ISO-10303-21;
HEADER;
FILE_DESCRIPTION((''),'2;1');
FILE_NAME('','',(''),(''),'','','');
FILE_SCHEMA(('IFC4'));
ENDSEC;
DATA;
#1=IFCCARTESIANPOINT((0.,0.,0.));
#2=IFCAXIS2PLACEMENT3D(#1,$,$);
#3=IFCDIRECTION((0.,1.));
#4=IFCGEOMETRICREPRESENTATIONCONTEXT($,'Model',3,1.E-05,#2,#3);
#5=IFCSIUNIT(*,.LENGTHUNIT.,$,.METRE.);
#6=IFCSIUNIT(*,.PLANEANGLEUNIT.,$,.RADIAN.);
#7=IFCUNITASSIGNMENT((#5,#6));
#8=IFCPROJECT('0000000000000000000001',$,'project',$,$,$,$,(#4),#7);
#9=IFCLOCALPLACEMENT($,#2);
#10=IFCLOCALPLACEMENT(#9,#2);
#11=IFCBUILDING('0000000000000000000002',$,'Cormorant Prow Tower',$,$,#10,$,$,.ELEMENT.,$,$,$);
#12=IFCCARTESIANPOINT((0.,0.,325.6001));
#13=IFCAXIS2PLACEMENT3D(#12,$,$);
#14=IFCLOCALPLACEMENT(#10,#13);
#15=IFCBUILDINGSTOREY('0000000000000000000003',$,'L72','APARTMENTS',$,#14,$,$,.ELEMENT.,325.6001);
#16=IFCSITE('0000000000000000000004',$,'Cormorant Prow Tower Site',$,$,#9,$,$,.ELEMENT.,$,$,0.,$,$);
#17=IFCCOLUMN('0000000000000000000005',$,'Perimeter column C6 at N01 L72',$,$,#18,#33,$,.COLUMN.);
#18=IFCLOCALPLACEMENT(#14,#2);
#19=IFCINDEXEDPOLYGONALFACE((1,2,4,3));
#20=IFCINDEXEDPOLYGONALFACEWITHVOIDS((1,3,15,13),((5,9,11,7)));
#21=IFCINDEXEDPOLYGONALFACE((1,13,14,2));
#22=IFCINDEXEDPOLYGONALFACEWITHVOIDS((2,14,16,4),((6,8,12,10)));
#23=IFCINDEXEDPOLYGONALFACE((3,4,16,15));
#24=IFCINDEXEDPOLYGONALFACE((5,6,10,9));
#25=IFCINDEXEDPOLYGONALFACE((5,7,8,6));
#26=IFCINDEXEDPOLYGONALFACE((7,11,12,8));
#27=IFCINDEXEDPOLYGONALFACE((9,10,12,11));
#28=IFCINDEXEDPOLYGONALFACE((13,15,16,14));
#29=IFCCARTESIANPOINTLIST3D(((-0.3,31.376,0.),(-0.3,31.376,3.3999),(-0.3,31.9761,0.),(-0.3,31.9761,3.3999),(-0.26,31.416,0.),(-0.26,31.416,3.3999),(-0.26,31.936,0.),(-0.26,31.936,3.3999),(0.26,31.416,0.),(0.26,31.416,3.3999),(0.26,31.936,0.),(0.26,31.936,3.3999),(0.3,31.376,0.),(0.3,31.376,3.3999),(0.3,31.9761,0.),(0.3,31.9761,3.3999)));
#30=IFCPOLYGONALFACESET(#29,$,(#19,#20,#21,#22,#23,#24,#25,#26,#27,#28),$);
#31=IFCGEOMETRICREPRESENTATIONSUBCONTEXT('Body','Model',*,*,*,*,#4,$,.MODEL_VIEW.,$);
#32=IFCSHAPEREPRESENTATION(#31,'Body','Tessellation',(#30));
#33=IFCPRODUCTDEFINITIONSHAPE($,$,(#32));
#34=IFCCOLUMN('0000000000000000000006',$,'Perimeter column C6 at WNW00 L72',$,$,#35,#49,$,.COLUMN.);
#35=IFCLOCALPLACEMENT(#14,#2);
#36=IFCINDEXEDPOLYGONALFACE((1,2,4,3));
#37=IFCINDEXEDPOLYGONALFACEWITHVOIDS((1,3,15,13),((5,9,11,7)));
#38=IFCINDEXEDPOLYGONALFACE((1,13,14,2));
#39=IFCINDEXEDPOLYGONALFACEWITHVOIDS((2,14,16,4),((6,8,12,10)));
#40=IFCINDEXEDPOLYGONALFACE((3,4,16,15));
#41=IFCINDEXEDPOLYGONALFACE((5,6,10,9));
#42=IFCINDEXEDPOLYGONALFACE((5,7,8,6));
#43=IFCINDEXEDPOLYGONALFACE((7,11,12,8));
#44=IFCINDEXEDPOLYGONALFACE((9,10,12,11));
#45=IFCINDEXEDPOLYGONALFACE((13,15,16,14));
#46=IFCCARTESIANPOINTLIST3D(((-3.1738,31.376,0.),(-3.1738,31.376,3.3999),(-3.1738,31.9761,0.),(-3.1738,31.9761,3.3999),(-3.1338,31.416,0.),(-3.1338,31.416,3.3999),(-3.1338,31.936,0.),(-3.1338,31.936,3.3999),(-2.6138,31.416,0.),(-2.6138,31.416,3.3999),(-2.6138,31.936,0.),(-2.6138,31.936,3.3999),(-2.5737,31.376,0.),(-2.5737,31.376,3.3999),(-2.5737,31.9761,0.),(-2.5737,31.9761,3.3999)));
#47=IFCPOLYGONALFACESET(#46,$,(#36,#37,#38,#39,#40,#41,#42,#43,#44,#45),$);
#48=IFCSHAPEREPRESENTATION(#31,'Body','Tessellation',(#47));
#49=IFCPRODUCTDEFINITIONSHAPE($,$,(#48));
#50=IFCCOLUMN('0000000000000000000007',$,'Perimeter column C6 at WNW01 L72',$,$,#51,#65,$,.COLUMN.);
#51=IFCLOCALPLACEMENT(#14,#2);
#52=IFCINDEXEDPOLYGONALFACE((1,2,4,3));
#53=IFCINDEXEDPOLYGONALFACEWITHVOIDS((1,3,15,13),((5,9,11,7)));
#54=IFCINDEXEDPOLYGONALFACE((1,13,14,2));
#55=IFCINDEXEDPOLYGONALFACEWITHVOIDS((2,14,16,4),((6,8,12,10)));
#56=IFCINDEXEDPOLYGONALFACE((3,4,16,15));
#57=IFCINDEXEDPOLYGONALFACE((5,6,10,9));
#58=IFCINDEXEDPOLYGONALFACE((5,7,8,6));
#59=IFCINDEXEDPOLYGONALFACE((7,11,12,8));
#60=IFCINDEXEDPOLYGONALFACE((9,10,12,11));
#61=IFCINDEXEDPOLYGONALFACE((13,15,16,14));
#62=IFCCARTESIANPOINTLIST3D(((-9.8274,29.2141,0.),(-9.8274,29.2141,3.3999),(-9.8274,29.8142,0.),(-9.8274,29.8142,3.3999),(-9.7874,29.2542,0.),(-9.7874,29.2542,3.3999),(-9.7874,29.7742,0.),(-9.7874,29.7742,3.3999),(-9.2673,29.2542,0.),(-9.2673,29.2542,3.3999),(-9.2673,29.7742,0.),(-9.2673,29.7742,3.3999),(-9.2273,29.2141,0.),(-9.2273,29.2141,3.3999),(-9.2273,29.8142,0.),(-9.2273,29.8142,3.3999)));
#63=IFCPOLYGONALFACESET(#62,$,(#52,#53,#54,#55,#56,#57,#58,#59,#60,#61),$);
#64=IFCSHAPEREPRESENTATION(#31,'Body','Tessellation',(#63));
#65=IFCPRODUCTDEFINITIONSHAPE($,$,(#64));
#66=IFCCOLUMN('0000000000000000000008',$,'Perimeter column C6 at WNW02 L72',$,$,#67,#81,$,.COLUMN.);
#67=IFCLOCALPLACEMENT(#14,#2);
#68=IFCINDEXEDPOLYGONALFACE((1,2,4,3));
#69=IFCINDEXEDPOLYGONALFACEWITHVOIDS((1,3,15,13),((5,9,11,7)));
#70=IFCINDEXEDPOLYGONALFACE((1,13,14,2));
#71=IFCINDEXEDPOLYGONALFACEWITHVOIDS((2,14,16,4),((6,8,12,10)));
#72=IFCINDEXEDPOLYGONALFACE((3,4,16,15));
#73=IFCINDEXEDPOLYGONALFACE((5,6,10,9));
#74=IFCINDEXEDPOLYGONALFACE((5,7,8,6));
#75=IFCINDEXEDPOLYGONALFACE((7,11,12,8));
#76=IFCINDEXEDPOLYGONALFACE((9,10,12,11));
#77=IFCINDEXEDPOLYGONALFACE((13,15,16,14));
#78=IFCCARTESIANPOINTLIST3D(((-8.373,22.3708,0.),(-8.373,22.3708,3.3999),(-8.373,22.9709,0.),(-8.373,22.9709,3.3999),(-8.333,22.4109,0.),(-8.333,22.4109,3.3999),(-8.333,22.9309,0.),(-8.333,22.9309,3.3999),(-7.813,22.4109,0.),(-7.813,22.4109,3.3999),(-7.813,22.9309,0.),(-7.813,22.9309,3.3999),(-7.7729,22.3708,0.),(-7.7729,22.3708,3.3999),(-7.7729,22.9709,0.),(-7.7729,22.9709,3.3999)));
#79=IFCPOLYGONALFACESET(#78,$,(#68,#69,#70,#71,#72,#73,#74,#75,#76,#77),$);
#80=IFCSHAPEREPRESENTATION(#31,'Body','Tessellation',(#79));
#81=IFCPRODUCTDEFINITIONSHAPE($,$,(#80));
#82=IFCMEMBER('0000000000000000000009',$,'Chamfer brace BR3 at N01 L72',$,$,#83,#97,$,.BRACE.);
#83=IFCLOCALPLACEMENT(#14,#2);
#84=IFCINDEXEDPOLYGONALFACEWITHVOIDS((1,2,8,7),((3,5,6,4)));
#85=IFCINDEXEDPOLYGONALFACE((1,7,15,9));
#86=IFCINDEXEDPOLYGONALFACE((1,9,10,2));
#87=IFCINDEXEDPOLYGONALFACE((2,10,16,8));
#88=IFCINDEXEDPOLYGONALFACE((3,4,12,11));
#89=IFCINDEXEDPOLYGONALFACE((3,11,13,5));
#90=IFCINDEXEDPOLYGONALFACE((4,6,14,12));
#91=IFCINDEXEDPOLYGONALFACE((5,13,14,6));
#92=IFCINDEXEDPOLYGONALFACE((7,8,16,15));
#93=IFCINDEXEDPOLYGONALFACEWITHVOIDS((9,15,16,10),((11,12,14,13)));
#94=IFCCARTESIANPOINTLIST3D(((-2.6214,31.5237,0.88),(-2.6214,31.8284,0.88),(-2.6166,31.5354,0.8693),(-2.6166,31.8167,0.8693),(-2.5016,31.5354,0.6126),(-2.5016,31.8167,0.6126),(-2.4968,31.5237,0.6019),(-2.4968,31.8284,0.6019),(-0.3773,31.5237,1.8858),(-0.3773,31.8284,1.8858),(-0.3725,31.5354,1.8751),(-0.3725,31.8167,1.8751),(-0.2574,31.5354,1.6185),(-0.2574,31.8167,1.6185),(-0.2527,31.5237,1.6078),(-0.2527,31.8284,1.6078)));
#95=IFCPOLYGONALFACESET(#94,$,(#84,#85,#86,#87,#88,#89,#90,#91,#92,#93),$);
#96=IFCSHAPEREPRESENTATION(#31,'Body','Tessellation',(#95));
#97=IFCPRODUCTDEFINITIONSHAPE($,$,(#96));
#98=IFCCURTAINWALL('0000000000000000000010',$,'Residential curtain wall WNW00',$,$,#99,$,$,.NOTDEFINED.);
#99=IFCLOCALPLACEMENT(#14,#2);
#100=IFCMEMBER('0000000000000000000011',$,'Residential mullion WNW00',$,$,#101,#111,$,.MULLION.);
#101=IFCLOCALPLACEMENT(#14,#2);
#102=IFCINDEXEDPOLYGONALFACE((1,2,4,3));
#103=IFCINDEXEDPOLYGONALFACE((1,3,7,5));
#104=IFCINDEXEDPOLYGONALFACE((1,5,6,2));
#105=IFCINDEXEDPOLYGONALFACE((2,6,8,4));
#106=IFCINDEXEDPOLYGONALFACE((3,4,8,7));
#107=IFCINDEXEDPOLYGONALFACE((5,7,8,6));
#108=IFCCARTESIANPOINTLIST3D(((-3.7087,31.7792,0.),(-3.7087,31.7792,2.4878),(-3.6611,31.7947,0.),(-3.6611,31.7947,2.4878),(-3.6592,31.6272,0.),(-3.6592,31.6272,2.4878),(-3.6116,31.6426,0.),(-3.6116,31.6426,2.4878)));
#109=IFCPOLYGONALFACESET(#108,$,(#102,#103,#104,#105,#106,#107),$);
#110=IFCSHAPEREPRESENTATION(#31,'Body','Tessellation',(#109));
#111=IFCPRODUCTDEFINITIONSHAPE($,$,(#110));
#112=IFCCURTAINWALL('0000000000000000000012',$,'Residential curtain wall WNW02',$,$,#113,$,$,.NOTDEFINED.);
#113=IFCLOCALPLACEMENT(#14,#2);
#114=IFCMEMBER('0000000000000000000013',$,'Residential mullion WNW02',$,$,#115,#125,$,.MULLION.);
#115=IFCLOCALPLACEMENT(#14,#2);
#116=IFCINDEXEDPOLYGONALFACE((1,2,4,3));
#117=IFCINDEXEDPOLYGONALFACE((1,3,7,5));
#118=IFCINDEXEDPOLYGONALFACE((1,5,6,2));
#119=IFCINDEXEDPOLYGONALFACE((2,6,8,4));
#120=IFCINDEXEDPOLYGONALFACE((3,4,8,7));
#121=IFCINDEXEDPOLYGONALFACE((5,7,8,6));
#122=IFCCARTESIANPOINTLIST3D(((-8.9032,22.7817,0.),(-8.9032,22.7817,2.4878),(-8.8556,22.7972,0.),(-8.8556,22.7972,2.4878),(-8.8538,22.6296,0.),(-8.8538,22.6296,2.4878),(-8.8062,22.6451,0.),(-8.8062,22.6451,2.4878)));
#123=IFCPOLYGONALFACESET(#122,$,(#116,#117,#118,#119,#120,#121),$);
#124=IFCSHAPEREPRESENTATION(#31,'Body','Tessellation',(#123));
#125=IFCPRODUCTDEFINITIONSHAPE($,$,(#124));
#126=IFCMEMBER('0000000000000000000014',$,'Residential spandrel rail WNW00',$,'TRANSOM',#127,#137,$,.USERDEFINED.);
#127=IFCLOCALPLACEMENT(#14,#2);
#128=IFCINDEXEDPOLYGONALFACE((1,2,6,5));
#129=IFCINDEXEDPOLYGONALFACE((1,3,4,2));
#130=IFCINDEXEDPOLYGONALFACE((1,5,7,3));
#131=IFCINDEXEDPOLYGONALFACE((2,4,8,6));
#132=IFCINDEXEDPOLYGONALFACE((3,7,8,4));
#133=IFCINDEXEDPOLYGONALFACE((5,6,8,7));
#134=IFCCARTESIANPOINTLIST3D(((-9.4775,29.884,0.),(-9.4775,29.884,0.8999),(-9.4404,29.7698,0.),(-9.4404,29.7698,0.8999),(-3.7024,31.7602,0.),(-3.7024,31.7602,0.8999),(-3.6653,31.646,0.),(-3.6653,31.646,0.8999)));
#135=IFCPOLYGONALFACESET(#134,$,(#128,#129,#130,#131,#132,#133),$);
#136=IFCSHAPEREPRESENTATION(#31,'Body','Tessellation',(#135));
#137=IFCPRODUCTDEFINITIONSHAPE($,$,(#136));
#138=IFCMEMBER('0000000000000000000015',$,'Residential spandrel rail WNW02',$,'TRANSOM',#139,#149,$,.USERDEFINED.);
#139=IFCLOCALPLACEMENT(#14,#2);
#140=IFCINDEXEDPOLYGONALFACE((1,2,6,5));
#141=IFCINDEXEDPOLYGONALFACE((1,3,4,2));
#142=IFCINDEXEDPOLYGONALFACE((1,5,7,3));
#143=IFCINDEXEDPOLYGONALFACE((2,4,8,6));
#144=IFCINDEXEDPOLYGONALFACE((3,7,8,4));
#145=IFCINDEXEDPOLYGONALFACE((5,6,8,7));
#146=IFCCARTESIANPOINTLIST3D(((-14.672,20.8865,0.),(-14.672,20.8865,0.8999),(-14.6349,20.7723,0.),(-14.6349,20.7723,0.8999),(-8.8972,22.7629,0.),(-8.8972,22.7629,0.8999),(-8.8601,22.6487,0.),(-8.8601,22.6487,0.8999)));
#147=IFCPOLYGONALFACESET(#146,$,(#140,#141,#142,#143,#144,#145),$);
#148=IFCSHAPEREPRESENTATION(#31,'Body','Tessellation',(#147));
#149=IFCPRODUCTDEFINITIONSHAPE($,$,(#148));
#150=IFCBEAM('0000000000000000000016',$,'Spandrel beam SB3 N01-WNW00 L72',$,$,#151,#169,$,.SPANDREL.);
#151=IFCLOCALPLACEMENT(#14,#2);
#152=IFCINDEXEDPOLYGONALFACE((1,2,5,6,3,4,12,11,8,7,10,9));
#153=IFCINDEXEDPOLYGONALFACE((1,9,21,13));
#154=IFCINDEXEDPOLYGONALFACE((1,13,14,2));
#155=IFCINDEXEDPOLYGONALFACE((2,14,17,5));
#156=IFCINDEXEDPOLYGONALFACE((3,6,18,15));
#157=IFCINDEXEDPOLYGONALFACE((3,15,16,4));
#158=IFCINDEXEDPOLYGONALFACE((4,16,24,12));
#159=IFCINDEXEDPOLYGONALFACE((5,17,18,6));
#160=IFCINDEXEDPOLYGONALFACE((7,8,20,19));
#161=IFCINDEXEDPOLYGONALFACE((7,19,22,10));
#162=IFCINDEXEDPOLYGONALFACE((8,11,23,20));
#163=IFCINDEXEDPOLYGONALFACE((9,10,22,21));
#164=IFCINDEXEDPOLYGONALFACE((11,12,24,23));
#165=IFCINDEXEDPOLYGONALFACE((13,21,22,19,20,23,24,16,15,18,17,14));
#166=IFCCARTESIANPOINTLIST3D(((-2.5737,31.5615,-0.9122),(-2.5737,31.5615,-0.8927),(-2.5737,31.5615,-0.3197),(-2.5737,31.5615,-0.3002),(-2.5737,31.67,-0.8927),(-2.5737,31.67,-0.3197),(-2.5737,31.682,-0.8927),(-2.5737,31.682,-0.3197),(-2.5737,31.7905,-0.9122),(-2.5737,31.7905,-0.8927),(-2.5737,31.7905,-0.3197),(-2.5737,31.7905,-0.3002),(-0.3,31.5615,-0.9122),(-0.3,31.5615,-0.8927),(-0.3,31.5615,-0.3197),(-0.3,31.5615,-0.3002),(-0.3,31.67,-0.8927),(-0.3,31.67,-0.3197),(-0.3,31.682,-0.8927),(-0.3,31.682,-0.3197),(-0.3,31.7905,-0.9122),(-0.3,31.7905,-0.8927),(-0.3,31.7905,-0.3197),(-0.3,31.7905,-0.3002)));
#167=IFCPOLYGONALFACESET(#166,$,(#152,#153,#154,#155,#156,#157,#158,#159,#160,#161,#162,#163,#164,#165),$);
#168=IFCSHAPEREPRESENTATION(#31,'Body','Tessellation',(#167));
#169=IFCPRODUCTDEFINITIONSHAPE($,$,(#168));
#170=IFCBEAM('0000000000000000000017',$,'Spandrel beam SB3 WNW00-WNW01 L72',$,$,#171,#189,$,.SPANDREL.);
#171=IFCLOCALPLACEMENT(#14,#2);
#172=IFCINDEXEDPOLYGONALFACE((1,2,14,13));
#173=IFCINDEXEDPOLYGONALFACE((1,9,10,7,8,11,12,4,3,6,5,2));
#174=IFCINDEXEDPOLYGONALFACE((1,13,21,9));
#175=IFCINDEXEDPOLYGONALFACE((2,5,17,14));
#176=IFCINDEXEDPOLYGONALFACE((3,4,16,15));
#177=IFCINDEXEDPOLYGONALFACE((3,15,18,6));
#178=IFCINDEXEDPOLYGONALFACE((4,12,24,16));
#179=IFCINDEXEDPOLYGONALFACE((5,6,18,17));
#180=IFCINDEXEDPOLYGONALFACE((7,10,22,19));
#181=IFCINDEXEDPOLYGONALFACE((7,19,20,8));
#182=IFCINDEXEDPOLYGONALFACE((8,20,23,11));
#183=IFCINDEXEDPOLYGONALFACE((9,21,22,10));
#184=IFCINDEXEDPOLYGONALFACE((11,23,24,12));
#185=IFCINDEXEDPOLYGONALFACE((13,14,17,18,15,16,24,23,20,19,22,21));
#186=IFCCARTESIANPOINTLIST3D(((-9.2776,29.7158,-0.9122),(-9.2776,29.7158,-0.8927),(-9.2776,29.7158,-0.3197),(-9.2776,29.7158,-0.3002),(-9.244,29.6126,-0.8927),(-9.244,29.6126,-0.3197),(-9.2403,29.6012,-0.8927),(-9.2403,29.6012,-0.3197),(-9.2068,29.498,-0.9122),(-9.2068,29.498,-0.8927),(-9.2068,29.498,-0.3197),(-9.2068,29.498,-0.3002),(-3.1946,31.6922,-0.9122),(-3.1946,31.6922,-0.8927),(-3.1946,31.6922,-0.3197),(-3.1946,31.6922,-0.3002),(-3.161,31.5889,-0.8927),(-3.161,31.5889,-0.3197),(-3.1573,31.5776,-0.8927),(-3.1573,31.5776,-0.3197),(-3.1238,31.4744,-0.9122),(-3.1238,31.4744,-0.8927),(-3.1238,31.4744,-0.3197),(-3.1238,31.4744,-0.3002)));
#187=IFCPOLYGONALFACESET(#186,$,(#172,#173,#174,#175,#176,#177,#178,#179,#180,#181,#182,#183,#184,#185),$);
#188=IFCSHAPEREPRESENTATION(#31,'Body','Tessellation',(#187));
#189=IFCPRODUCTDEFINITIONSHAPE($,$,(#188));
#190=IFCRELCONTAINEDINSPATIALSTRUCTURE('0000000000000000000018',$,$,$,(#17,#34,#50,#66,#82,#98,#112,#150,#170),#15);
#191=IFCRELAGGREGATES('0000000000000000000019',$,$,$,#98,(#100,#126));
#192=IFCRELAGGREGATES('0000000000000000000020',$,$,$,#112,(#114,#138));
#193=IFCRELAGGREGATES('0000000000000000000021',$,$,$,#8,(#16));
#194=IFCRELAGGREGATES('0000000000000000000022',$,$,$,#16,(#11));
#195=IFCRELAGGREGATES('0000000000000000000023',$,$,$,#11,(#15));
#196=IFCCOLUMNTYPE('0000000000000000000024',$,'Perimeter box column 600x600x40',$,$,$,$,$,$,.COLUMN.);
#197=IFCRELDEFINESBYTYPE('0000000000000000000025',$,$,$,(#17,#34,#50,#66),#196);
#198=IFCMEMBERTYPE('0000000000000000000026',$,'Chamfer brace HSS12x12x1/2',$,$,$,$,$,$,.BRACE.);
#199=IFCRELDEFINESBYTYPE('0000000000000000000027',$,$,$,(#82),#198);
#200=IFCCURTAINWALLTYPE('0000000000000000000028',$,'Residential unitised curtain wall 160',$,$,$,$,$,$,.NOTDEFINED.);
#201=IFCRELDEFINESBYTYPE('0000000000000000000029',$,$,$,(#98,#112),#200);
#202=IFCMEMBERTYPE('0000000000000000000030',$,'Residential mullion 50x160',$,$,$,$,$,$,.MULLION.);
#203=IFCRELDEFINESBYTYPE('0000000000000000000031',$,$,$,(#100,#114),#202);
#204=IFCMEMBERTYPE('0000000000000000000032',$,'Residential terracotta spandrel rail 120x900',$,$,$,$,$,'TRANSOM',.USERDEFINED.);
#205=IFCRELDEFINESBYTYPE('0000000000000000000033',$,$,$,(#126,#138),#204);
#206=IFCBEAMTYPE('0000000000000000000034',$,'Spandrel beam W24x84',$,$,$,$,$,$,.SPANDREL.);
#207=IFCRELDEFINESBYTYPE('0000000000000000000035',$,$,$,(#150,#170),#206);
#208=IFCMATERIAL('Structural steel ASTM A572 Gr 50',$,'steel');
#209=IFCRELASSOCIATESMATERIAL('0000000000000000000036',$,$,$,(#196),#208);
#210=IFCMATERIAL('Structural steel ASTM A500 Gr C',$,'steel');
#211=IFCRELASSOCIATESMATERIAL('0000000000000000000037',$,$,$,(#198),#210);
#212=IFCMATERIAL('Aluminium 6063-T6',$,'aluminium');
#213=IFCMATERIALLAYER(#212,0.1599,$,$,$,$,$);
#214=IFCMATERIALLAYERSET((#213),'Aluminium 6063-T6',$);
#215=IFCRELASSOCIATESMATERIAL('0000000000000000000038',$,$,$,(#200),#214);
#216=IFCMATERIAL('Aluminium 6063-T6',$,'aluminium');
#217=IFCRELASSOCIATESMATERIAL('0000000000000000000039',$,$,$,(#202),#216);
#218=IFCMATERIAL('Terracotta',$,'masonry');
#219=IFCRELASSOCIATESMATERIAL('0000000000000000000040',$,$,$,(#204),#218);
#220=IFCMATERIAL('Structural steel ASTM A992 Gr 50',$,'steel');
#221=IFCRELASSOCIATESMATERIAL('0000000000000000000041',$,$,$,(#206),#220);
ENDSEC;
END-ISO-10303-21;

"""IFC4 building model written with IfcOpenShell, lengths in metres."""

from ifc_helpers import new_model, si_unit, direction, frame, origin, origin_2d, place, context, subcontext, project, spatial, rectangle, hollow_rectangle, i_section, extrude, material, layer, layer_set, material_profile, profile_set, type_object, element, aggregate, save


model = new_model("IFC4")

# Units and contexts
model_context = context("Model", 3, precision=1e-05, world=origin(), true_north=direction((0.0, 1.0)))
body_context = subcontext(model_context, "Body", "Model", "MODEL_VIEW")
ifc_project = project(units=[si_unit("LENGTHUNIT", "METRE"), si_unit("PLANEANGLEUNIT", "RADIAN")], contexts=[model_context])

# Site, building, storey
site_placement = place(None, origin())
site = spatial("IfcSite", under=ifc_project, at=site_placement, Name="Cormorant Prow Tower Site", CompositionType="ELEMENT", RefElevation=0.0)
building_placement = place(site_placement, origin())
building = spatial("IfcBuilding", under=site, at=building_placement, Name="Cormorant Prow Tower", CompositionType="ELEMENT")
storey_placement = place(building_placement, frame((0.0, 0.0, 325.6001)))
storey = spatial("IfcBuildingStorey", under=building, at=storey_placement, Name="L72", Description="APARTMENTS", CompositionType="ELEMENT", Elevation=325.6001)

# Columns
ifc_material_1 = material(Name="Structural steel ASTM A572 Gr 50", Category="steel")
ifc_material_profile_1 = material_profile(ifc_material_1, hollow_rectangle(XDim=0.6001, YDim=0.6001, WallThickness=0.04, at=origin_2d()), Name="Box 600x600x40")
ifc_profile_set_1 = profile_set([ifc_material_profile_1], Name="Structural steel ASTM A572 Gr 50")
column_type = type_object("IfcColumnType", Name="Perimeter box column 600x600x40", PredefinedType="COLUMN", material=ifc_profile_set_1)
for number, where, z_axis, x_axis, name in (
    (1, (0.0, 31.676, 0.0), (0.0, 0.0, 1.0), (1.0, 0.0, 0.0), "Perimeter column C6 at N01 L72"),
    (2, (-2.8738, 31.676, 0.0), (0.0, 0.0, 1.0), (1.0, 0.0, 0.0), "Perimeter column C6 at WNW00 L72"),
    (3, (-9.5273, 29.5142, 0.0), (0.0, 0.0, 1.0), (1.0, 0.0, 0.0), "Perimeter column C6 at WNW01 L72"),
    (4, (-8.073, 22.6709, 0.0), (0.0, 0.0, 1.0), (1.0, 0.0, 0.0), "Perimeter column C6 at WNW02 L72"),
):
    element("IfcColumn", number, at=place(storey_placement, frame(where, z_axis=z_axis, x_axis=x_axis)), inside=storey, type_object=column_type, Name=name, PredefinedType="COLUMN", context=body_context, shape_type="SweptSolid", body=[
        extrude(hollow_rectangle(XDim=0.6001, YDim=0.6001, WallThickness=0.04, at=origin_2d()), origin(), (0.0, 0.0, 1.0), 3.3999),
    ])

# Member
ifc_material_2 = material(Name="Structural steel ASTM A500 Gr C", Category="steel")
ifc_material_profile_2 = material_profile(ifc_material_2, hollow_rectangle(XDim=0.3047, YDim=0.3047, WallThickness=0.0117, at=origin_2d()), Name="HSS12x12x1/2")
ifc_profile_set_2 = profile_set([ifc_material_profile_2], Name="Structural steel ASTM A500 Gr C")
member_type_1 = type_object("IfcMemberType", Name="Chamfer brace HSS12x12x1/2", PredefinedType="BRACE", material=ifc_profile_set_2)
member_1_placement = place(storey_placement, frame((-2.5591, 31.676, 0.741), z_axis=(0.91253, 0.0, 0.40901), x_axis=(0.0, 1.0, 0.0)))
element("IfcMember", 5, at=member_1_placement, inside=storey, type_object=member_type_1, Name="Chamfer brace BR3 at N01 L72", PredefinedType="BRACE", context=body_context, shape_type="SweptSolid", body=[
    extrude(hollow_rectangle(XDim=0.3047, YDim=0.3047, WallThickness=0.0117, at=origin_2d()), origin(), (0.0, 0.0, 1.0), 2.4592),
])

# Curtain walls, members
ifc_material_3 = material(Name="Aluminium 6063-T6", Category="aluminium")
ifc_layer_1 = layer(ifc_material_3, 0.1599)
ifc_layer_set_1 = layer_set([ifc_layer_1], Name="Aluminium 6063-T6")
curtain_wall_type = type_object("IfcCurtainWallType", Name="Residential unitised curtain wall 160", PredefinedType="NOTDEFINED", material=ifc_layer_set_1)
curtain_wall_1_placement = place(storey_placement, origin())
curtain_wall_1 = element("IfcCurtainWall", 6, at=curtain_wall_1_placement, inside=storey, type_object=curtain_wall_type, Name="Residential curtain wall WNW00", PredefinedType="NOTDEFINED")
ifc_material_4 = material(Name="Aluminium 6063-T6", Category="aluminium")
ifc_material_profile_3 = material_profile(ifc_material_4, rectangle(XDim=0.1599, YDim=0.05, at=origin_2d()), Name="Residential mullion 50x160")
ifc_profile_set_3 = profile_set([ifc_material_profile_3], Name="Aluminium 6063-T6")
member_type_2 = type_object("IfcMemberType", Name="Residential mullion 50x160", PredefinedType="MULLION", material=ifc_profile_set_3)
member_2_placement = place(storey_placement, frame((-3.6602, 31.7109, 0.0), z_axis=(0.0, 0.0, 1.0), x_axis=(0.309017, -0.951057, 0.0)))
member_2 = element("IfcMember", 7, at=member_2_placement, type_object=member_type_2, Name="Residential mullion WNW00", PredefinedType="MULLION", context=body_context, shape_type="SweptSolid", body=[
    extrude(rectangle(XDim=0.1599, YDim=0.05, at=origin_2d()), origin(), (0.0, 0.0, 1.0), 2.4878),
])
curtain_wall_2_placement = place(storey_placement, origin())
curtain_wall_2 = element("IfcCurtainWall", 8, at=curtain_wall_2_placement, inside=storey, type_object=curtain_wall_type, Name="Residential curtain wall WNW02", PredefinedType="NOTDEFINED")
member_3_placement = place(storey_placement, frame((-8.8547, 22.7134, 0.0), z_axis=(0.0, 0.0, 1.0), x_axis=(0.309017, -0.951057, 0.0)))
member_3 = element("IfcMember", 9, at=member_3_placement, type_object=member_type_2, Name="Residential mullion WNW02", PredefinedType="MULLION", context=body_context, shape_type="SweptSolid", body=[
    extrude(rectangle(XDim=0.1599, YDim=0.05, at=origin_2d()), origin(), (0.0, 0.0, 1.0), 2.4878),
])

# Members
ifc_material_5 = material(Name="Terracotta", Category="masonry")
ifc_material_profile_4 = material_profile(ifc_material_5, rectangle(XDim=0.1201, YDim=0.8999, at=origin_2d()), Name="Residential terracotta spandrel rail 120x900")
ifc_profile_set_4 = profile_set([ifc_material_profile_4], Name="Terracotta")
member_type_3 = type_object("IfcMemberType", Name="Residential terracotta spandrel rail 120x900", ElementType="TRANSOM", PredefinedType="USERDEFINED", material=ifc_profile_set_4)
member_4_placement = place(storey_placement, frame((-3.6838, 31.7031, 0.45), z_axis=(-0.951068, -0.308982, 0.0), x_axis=(0.308982, -0.951068, 0.0)))
member_4 = element("IfcMember", 10, at=member_4_placement, type_object=member_type_3, Name="Residential spandrel rail WNW00", ObjectType="TRANSOM", PredefinedType="USERDEFINED", context=body_context, shape_type="SweptSolid", body=[
    extrude(rectangle(XDim=0.1201, YDim=0.8999, at=origin_2d()), origin(), (0.0, 0.0, 1.0), 6.0723),
])
member_5_placement = place(storey_placement, frame((-8.8787, 22.7058, 0.45), z_axis=(-0.951052, -0.30903, 0.0), x_axis=(0.30903, -0.951052, 0.0)))
member_5 = element("IfcMember", 11, at=member_5_placement, type_object=member_type_3, Name="Residential spandrel rail WNW02", ObjectType="TRANSOM", PredefinedType="USERDEFINED", context=body_context, shape_type="SweptSolid", body=[
    extrude(rectangle(XDim=0.1201, YDim=0.8999, at=origin_2d()), origin(), (0.0, 0.0, 1.0), 6.072),
])

# Beams
ifc_material_6 = material(Name="Structural steel ASTM A992 Gr 50", Category="steel")
ifc_material_profile_5 = material_profile(ifc_material_6, i_section(OverallWidth=0.229, OverallDepth=0.6121, WebThickness=0.012, FlangeThickness=0.0195, at=origin_2d()), Name="W24x84")
ifc_profile_set_5 = profile_set([ifc_material_profile_5], Name="Structural steel ASTM A992 Gr 50")
beam_type = type_object("IfcBeamType", Name="Spandrel beam W24x84", PredefinedType="SPANDREL", material=ifc_profile_set_5)
beam_1_placement = place(storey_placement, frame((-0.3, 31.676, -0.6062), z_axis=(-1.0, 0.0, 0.0), x_axis=(0.0, -1.0, 0.0)))
element("IfcBeam", 12, at=beam_1_placement, inside=storey, type_object=beam_type, Name="Spandrel beam SB3 N01-WNW00 L72", PredefinedType="SPANDREL", context=body_context, shape_type="SweptSolid", body=[
    extrude(i_section(OverallWidth=0.229, OverallDepth=0.6121, WebThickness=0.012, FlangeThickness=0.0195, at=origin_2d()), origin(), (0.0, 0.0, 1.0), 2.2737),
])
beam_2_placement = place(storey_placement, frame((-3.1592, 31.5833, -0.6062), z_axis=(-0.951064, -0.308993, 0.0), x_axis=(0.308993, -0.951064, 0.0)))
element("IfcBeam", 13, at=beam_2_placement, inside=storey, type_object=beam_type, Name="Spandrel beam SB3 WNW00-WNW01 L72", PredefinedType="SPANDREL", context=body_context, shape_type="SweptSolid", body=[
    extrude(i_section(OverallWidth=0.229, OverallDepth=0.6121, WebThickness=0.012, FlangeThickness=0.0195, at=origin_2d()), origin(), (0.0, 0.0, 1.0), 6.396),
])

aggregate(curtain_wall_1, [member_2, member_4])
aggregate(curtain_wall_2, [member_3, member_5])

save(model, "model.ifc")
